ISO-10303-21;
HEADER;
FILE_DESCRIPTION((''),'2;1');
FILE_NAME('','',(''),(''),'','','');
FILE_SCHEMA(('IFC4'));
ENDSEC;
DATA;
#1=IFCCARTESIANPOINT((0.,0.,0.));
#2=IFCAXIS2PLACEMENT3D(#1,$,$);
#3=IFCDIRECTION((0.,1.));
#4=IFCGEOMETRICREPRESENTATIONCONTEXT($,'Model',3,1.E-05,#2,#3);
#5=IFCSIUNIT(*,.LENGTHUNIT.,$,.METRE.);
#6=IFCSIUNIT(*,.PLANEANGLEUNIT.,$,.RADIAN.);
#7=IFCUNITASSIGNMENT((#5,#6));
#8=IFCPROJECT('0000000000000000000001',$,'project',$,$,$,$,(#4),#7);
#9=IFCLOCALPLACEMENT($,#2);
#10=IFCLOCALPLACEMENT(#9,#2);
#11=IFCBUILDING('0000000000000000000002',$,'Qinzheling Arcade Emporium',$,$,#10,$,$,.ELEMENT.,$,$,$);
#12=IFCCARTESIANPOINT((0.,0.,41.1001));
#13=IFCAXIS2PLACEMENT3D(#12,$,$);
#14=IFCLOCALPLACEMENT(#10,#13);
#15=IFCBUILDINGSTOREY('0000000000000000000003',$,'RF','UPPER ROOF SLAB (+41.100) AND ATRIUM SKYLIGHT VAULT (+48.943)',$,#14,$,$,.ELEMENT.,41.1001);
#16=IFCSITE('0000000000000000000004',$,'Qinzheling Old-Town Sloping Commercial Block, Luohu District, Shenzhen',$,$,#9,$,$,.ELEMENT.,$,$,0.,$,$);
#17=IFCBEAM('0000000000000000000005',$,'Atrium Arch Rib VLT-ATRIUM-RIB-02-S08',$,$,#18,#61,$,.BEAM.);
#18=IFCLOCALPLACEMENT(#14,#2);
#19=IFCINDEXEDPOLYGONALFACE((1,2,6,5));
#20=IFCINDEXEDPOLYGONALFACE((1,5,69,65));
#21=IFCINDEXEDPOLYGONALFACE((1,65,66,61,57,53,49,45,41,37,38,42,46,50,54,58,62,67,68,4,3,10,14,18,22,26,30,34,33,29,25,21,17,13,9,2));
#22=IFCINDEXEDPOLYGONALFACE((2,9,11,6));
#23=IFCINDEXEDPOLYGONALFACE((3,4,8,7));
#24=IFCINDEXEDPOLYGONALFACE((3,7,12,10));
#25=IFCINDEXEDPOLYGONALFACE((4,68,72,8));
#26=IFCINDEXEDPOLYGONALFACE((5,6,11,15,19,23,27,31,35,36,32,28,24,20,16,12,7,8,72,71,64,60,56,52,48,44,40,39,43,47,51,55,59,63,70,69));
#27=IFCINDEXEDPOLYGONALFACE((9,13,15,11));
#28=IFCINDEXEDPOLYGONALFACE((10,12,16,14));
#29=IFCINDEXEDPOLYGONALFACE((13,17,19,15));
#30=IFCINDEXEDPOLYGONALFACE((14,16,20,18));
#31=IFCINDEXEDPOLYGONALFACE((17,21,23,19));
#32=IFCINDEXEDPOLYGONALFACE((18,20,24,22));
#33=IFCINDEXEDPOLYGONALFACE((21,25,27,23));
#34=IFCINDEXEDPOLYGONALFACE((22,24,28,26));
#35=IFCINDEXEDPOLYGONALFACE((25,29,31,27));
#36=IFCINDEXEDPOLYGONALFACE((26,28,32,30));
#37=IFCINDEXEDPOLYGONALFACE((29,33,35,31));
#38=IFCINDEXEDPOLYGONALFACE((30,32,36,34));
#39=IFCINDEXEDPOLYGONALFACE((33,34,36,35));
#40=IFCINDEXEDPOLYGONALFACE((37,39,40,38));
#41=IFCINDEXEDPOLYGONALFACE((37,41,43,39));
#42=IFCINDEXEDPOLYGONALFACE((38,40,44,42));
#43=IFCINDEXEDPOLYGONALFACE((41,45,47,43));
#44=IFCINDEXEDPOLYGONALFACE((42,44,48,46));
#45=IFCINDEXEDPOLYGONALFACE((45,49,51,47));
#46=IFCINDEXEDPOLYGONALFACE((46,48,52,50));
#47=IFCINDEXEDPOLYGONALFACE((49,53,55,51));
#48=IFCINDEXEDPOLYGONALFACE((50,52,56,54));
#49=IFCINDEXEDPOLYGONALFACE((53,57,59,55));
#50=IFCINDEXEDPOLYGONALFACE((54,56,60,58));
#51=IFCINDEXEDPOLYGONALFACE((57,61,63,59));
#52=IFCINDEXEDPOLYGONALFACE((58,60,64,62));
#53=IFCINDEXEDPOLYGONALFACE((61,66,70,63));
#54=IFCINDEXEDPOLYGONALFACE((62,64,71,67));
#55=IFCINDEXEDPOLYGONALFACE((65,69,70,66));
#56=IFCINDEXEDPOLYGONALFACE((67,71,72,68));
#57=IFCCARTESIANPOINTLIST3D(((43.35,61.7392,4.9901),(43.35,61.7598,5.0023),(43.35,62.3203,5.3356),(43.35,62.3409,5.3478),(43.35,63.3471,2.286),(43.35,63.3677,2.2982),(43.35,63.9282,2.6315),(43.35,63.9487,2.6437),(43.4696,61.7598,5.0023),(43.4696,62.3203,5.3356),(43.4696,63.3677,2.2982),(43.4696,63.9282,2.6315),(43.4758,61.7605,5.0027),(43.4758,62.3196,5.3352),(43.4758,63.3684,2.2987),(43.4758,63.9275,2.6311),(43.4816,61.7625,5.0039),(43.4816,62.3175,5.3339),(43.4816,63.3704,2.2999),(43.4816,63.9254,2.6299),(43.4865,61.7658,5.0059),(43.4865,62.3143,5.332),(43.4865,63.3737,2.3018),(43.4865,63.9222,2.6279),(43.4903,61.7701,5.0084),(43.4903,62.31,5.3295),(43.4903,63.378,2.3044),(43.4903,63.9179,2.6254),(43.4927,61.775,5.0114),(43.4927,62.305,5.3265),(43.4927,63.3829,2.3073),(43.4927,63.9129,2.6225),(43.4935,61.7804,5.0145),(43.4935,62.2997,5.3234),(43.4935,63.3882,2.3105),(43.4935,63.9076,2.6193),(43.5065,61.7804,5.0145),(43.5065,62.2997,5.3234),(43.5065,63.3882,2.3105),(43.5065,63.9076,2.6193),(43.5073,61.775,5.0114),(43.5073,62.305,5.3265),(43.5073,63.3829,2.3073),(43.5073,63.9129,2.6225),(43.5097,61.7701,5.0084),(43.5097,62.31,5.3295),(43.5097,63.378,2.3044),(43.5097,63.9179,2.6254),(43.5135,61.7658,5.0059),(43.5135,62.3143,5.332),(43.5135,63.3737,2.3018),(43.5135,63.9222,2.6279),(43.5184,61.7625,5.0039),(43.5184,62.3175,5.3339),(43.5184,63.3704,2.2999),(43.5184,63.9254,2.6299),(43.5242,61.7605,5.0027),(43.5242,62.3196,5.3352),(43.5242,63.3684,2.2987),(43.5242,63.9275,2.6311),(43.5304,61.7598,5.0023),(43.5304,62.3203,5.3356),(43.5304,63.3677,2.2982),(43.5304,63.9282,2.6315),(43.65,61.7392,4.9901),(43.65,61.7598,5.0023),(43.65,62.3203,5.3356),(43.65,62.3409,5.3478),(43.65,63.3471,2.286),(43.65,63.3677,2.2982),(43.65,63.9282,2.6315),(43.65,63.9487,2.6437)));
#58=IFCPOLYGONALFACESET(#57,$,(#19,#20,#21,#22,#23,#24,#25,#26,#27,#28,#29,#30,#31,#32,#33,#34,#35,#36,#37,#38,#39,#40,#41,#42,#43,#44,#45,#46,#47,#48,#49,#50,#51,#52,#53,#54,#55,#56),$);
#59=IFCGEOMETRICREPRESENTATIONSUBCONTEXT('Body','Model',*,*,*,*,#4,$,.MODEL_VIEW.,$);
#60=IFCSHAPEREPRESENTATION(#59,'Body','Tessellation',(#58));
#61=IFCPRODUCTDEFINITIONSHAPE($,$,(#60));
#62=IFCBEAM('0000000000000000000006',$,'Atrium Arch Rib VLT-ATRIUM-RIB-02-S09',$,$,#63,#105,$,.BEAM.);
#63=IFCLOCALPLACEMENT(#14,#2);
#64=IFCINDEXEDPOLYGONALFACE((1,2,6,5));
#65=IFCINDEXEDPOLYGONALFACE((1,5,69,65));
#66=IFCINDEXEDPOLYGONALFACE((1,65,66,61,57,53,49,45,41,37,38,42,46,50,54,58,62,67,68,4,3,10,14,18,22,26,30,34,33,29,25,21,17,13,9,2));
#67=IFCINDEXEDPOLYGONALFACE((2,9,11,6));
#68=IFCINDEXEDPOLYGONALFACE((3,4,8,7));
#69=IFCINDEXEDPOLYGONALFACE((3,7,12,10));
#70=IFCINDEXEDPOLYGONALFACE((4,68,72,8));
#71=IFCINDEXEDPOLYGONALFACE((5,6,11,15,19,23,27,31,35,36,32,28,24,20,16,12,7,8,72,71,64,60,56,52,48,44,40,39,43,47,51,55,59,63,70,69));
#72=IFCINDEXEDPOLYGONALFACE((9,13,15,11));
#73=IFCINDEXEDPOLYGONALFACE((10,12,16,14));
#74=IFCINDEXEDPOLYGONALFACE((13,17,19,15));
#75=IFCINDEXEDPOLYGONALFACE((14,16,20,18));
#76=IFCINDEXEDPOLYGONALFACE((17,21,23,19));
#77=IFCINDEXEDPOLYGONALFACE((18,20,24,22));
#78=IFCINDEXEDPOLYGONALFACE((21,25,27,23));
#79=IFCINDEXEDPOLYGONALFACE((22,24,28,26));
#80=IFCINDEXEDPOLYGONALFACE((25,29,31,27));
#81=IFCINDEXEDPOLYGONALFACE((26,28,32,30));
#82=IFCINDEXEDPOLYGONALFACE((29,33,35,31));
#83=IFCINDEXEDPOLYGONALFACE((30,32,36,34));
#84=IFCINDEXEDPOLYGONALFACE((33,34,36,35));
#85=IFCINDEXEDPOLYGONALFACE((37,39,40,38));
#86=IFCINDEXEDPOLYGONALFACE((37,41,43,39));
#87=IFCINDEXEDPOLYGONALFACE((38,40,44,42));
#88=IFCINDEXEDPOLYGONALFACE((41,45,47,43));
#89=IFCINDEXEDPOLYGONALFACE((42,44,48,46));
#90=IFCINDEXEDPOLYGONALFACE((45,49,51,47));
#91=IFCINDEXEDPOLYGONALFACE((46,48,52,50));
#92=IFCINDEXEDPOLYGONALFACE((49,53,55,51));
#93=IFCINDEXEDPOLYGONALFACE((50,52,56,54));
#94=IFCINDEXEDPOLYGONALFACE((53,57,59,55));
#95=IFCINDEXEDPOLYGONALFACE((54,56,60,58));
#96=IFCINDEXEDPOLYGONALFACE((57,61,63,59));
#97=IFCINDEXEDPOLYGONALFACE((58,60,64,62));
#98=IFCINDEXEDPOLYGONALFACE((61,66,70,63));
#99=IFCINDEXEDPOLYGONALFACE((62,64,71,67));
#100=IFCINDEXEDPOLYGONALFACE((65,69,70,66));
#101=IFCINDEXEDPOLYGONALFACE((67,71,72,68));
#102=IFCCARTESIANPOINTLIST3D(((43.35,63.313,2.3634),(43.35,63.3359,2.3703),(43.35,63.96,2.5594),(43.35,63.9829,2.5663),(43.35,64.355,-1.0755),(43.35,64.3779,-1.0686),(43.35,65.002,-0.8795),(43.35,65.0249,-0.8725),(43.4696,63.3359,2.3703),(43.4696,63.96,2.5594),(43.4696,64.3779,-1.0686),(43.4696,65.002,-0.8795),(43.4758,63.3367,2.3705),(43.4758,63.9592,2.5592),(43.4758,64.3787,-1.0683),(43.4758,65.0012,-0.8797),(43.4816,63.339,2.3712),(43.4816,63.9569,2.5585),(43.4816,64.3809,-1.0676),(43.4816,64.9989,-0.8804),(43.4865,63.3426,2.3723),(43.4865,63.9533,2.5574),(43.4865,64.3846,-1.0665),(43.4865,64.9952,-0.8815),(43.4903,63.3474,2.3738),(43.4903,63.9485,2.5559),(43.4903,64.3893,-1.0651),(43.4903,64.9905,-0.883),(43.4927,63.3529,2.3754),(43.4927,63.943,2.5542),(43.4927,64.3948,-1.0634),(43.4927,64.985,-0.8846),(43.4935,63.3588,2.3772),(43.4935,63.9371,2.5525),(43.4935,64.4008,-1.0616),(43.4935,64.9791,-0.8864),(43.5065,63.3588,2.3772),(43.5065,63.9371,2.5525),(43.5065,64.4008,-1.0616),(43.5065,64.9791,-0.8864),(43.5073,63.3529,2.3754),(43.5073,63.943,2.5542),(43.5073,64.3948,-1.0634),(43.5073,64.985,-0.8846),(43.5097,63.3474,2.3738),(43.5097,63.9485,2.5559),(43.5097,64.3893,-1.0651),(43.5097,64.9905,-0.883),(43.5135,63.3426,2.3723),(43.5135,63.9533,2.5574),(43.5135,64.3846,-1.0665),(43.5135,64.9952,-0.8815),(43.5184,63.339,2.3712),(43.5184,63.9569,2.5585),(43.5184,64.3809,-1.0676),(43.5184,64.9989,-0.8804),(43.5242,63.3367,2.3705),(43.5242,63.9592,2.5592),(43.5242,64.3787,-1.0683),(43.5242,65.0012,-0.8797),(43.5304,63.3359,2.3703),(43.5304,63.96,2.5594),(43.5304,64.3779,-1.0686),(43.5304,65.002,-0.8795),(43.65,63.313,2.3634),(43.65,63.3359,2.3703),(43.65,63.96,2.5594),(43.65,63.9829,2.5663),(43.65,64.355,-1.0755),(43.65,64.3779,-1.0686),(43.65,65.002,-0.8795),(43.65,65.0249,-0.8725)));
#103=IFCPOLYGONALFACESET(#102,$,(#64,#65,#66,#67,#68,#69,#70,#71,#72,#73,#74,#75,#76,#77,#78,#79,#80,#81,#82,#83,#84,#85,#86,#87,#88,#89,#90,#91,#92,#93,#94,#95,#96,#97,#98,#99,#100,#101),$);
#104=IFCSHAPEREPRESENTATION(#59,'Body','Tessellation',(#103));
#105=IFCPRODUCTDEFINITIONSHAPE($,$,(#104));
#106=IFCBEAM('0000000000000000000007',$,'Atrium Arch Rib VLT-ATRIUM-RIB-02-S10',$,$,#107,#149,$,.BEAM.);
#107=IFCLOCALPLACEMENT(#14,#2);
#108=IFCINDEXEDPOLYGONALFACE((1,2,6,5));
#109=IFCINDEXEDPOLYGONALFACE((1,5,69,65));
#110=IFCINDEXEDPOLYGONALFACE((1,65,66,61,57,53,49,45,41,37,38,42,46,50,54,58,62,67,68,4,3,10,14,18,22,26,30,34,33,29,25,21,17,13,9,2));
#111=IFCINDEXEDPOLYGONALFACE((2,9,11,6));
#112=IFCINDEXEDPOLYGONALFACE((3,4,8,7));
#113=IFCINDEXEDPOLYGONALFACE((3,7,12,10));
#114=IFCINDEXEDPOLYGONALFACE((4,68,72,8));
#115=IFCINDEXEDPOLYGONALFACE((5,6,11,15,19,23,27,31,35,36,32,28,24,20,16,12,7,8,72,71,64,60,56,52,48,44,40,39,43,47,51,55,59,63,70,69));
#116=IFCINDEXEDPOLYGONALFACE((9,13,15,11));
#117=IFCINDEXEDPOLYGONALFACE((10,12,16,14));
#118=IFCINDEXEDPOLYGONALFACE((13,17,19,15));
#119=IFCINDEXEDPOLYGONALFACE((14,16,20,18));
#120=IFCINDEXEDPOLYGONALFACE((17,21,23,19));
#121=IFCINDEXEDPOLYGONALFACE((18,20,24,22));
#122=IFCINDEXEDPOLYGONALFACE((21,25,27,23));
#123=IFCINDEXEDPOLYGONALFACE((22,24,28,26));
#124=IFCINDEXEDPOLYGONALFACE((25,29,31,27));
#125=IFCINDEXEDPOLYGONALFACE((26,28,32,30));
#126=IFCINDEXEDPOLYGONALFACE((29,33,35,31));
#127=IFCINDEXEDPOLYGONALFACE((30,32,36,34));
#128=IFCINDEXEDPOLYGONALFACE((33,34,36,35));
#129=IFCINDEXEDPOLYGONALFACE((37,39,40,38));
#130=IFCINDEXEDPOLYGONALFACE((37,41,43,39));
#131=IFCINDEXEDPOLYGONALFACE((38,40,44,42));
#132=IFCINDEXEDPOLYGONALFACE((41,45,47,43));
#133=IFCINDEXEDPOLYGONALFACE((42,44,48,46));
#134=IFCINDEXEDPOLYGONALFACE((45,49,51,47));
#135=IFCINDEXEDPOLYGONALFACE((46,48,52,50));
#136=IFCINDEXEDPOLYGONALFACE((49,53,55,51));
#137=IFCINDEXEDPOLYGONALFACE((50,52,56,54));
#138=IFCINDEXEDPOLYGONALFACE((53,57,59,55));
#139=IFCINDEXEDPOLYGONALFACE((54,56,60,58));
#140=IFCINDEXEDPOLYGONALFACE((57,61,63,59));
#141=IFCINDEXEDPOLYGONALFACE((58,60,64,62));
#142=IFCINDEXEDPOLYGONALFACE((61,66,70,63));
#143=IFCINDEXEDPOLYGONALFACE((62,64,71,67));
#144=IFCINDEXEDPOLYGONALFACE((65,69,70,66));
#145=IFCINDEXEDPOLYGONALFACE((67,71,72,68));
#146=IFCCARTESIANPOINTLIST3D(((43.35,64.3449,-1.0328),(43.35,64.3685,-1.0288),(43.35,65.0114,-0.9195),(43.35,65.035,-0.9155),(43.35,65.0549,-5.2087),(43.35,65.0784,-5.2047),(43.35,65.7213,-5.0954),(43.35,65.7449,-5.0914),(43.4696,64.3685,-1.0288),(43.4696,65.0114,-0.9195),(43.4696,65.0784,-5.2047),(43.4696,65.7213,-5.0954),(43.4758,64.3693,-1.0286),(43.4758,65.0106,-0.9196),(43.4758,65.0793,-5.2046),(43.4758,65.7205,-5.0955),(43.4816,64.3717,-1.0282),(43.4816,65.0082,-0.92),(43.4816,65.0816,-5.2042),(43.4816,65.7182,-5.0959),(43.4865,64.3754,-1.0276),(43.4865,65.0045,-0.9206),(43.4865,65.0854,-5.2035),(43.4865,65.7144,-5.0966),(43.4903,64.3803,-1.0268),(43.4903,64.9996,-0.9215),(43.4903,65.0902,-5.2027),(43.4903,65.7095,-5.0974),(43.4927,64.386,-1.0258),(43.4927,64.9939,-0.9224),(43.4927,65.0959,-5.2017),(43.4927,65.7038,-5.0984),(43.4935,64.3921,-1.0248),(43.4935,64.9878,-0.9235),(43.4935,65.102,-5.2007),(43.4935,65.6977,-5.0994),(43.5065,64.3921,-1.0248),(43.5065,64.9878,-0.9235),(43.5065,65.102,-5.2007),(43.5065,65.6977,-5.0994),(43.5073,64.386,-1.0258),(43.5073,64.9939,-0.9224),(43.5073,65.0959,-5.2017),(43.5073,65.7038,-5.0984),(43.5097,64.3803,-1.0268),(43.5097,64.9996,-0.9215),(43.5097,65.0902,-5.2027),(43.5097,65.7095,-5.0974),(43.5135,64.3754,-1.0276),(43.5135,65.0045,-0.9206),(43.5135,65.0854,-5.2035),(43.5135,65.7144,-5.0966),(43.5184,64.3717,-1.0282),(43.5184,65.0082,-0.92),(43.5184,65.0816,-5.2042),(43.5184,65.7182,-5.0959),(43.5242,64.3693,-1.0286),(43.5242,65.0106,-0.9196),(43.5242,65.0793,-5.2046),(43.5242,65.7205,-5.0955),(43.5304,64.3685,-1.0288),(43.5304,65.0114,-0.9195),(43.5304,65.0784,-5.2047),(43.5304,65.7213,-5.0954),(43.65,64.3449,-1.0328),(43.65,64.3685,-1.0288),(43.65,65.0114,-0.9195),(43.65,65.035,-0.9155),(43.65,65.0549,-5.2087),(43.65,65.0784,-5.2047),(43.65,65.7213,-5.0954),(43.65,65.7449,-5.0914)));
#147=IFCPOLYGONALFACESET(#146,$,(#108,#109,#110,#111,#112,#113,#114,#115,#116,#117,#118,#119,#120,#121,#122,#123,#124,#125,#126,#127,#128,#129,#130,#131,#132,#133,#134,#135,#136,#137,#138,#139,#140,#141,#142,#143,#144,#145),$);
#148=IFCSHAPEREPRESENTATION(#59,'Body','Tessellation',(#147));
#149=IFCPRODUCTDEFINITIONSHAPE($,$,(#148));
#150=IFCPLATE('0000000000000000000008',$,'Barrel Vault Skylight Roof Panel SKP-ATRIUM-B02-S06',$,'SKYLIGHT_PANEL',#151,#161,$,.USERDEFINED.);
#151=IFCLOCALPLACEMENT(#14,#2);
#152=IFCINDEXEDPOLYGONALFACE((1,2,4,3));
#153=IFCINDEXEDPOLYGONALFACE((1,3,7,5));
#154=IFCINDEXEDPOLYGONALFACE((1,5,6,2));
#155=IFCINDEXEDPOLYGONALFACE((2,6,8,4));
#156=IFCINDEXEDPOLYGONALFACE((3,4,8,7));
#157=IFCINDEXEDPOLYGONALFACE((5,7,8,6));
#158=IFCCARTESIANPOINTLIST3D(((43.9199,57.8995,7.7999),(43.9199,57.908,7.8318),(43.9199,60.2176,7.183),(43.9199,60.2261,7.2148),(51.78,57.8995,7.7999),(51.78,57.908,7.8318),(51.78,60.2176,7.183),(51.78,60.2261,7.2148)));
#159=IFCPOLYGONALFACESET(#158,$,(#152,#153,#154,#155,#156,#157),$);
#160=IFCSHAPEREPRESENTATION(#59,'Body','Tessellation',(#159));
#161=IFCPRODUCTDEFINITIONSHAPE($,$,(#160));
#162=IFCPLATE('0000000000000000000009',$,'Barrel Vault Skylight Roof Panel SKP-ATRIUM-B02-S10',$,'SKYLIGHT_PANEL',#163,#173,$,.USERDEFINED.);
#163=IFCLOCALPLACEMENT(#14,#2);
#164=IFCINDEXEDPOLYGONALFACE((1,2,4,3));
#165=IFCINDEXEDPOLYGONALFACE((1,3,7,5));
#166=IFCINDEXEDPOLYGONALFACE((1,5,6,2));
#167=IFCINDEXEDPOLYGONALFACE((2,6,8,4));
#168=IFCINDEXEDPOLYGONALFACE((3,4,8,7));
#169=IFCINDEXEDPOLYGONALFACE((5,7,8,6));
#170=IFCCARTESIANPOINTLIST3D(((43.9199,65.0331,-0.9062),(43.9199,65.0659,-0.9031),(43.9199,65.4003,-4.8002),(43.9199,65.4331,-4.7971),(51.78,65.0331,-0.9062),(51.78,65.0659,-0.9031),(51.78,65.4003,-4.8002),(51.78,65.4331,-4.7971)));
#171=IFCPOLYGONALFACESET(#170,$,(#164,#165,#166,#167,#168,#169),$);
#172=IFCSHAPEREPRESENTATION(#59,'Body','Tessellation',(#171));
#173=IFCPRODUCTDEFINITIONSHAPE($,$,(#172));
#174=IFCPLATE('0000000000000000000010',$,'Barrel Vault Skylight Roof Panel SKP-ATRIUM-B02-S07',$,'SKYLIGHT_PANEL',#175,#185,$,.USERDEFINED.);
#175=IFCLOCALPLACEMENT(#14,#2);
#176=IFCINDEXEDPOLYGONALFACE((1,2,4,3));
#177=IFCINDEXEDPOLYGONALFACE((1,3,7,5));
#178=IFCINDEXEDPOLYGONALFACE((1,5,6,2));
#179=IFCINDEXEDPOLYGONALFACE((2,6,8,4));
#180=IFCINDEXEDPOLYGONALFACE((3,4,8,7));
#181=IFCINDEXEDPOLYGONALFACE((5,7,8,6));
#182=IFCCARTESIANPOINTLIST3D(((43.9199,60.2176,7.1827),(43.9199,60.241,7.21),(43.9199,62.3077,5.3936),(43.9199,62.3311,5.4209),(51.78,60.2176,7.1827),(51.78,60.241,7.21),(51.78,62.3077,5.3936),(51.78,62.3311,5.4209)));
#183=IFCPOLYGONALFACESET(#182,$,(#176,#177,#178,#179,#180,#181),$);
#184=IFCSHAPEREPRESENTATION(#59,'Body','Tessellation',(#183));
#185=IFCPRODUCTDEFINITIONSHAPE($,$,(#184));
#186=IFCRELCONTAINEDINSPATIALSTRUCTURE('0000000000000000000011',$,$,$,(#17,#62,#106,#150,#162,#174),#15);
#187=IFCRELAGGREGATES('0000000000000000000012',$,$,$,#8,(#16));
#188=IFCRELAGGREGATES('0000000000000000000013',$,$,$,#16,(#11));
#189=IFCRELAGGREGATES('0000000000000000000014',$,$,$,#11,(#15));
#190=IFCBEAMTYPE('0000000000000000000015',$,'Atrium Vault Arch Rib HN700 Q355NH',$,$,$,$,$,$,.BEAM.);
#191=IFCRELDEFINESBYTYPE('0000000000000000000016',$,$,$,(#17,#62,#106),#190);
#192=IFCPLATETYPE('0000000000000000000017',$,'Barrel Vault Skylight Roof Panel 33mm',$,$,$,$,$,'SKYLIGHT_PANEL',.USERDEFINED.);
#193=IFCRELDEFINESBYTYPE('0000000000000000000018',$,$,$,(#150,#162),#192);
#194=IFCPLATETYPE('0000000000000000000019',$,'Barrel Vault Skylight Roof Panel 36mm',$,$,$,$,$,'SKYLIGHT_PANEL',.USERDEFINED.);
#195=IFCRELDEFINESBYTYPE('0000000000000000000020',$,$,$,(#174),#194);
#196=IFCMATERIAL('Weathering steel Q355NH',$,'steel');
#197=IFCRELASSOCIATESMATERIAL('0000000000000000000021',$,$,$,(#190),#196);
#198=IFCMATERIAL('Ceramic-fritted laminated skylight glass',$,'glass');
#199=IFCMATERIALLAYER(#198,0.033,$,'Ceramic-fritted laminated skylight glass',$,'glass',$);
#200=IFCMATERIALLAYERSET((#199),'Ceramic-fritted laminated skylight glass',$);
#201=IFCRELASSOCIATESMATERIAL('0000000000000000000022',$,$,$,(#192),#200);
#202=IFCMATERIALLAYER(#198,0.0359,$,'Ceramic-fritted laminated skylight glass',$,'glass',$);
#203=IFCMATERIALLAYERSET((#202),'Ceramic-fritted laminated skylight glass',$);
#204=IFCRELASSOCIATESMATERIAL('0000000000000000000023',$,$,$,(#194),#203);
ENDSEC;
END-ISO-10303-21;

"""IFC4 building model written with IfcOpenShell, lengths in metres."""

from ifc_helpers import new_model, si_unit, direction, frame, origin, origin_2d, place, context, subcontext, project, spatial, polyline, i_section, outline, extrude, material, layer, layer_set, material_profile, profile_set, type_object, element, save


model = new_model("IFC4")

# Units and contexts
model_context = context("Model", 3, precision=1e-05, world=origin(), true_north=direction((0.0, 1.0)))
body_context = subcontext(model_context, "Body", "Model", "MODEL_VIEW")
ifc_project = project(units=[si_unit("LENGTHUNIT", "METRE"), si_unit("PLANEANGLEUNIT", "RADIAN")], contexts=[model_context])

# Site, building, storey
site_placement = place(None, origin())
site = spatial("IfcSite", under=ifc_project, at=site_placement, Name="Qinzheling Old-Town Sloping Commercial Block, Luohu District, Shenzhen", CompositionType="ELEMENT", RefElevation=0.0)
building_placement = place(site_placement, origin())
building = spatial("IfcBuilding", under=site, at=building_placement, Name="Qinzheling Arcade Emporium", CompositionType="ELEMENT")
storey_placement = place(building_placement, frame((0.0, 0.0, 41.1001)))
storey = spatial("IfcBuildingStorey", under=building, at=storey_placement, Name="RF", Description="UPPER ROOF SLAB (+41.100) AND ATRIUM SKYLIGHT VAULT (+48.943)", CompositionType="ELEMENT", Elevation=41.1001)

# Shared definitions
ifc_material_1 = material(Name="Weathering steel Q355NH", Category="steel")

# Beams
ifc_material_profile_1 = material_profile(ifc_material_1, i_section(OverallWidth=0.3, OverallDepth=0.7, WebThickness=0.0129, FlangeThickness=0.0239, FilletRadius=0.0239, at=origin_2d()), Name="HN 700x300x13x24", Category="steel")
ifc_profile_set_1 = profile_set([ifc_material_profile_1], Name="Weathering steel Q355NH")
beam_type_1 = type_object("IfcBeamType", Name="Atrium Vault Arch Rib HN700 Q355NH", PredefinedType="BEAM", material=ifc_profile_set_1)
beam_1_placement = place(storey_placement, frame((43.5, 62.04, 5.1689), z_axis=(0.0, 0.511091, -0.859527), x_axis=(-1.0, 0.0, 0.0)))
element("IfcBeam", 1, at=beam_1_placement, inside=storey, type_object=beam_type_1, Name="Atrium Arch Rib VLT-ATRIUM-RIB-02-S08", PredefinedType="BEAM", context=body_context, shape_type="SweptSolid", body=[
    extrude(i_section(OverallWidth=0.3, OverallDepth=0.7, WebThickness=0.0129, FlangeThickness=0.0239, FilletRadius=0.0239, at=origin_2d()), origin(), (0.0, 0.0, 1.0), 3.146),
])
beam_2_placement = place(storey_placement, frame((43.5, 63.6479, 2.4648), z_axis=(0.0, 0.289977, -0.957034), x_axis=(-1.0, 0.0, 0.0)))
element("IfcBeam", 2, at=beam_2_placement, inside=storey, type_object=beam_type_1, Name="Atrium Arch Rib VLT-ATRIUM-RIB-02-S09", PredefinedType="BEAM", context=body_context, shape_type="SweptSolid", body=[
    extrude(i_section(OverallWidth=0.3, OverallDepth=0.7, WebThickness=0.0129, FlangeThickness=0.0239, FilletRadius=0.0239, at=origin_2d()), origin(), (0.0, 0.0, 1.0), 3.5933),
])
beam_3_placement = place(storey_placement, frame((43.5, 64.6899, -0.9741), z_axis=(0.0, 0.167604, -0.985854), x_axis=(-1.0, 0.0, 0.0)))
element("IfcBeam", 3, at=beam_3_placement, inside=storey, type_object=beam_type_1, Name="Atrium Arch Rib VLT-ATRIUM-RIB-02-S10", PredefinedType="BEAM", context=body_context, shape_type="SweptSolid", body=[
    extrude(i_section(OverallWidth=0.3, OverallDepth=0.7, WebThickness=0.0129, FlangeThickness=0.0239, FilletRadius=0.0239, at=origin_2d()), origin(), (0.0, 0.0, 1.0), 4.2358),
])

# Plates
ifc_material_2 = material(Name="Ceramic-fritted laminated skylight glass", Category="glass")
ifc_layer_1 = layer(ifc_material_2, 0.033, Name="Ceramic-fritted laminated skylight glass", Category="glass")
ifc_layer_set_1 = layer_set([ifc_layer_1], Name="Ceramic-fritted laminated skylight glass")
plate_type_1 = type_object("IfcPlateType", Name="Barrel Vault Skylight Roof Panel 33mm", ElementType="SKYLIGHT_PANEL", PredefinedType="USERDEFINED", material=ifc_layer_set_1)
plate_1_placement = place(storey_placement, frame((43.9199, 57.908, 7.8318), z_axis=(0.0, 0.257188, 0.966362), x_axis=(1.0, 0.0, 0.0)))
element("IfcPlate", 4, at=plate_1_placement, inside=storey, type_object=plate_type_1, Name="Barrel Vault Skylight Roof Panel SKP-ATRIUM-B02-S06", ObjectType="SKYLIGHT_PANEL", PredefinedType="USERDEFINED", context=body_context, shape_type="SweptSolid", body=[
    extrude(outline(polyline([(0.0, 0.0), (7.8601, 0.0), (7.8601, 2.3988), (0.0, 2.3988), (0.0, 0.0)])), origin(), (0.0, 0.0, -1.0), 0.033),
])
plate_2_placement = place(storey_placement, frame((43.9199, 65.0659, -0.9031), z_axis=(0.0, 0.995584, 0.093878), x_axis=(1.0, 0.0, 0.0)))
element("IfcPlate", 5, at=plate_2_placement, inside=storey, type_object=plate_type_1, Name="Barrel Vault Skylight Roof Panel SKP-ATRIUM-B02-S10", ObjectType="SKYLIGHT_PANEL", PredefinedType="USERDEFINED", context=body_context, shape_type="SweptSolid", body=[
    extrude(outline(polyline([(0.0, 0.0), (7.8601, 0.0), (7.8601, 3.9113), (0.0, 3.9113), (0.0, 0.0)])), origin(), (0.0, 0.0, -1.0), 0.033),
])
ifc_layer_2 = layer(ifc_material_2, 0.0359, Name="Ceramic-fritted laminated skylight glass", Category="glass")
ifc_layer_set_2 = layer_set([ifc_layer_2], Name="Ceramic-fritted laminated skylight glass")
plate_type_2 = type_object("IfcPlateType", Name="Barrel Vault Skylight Roof Panel 36mm", ElementType="SKYLIGHT_PANEL", PredefinedType="USERDEFINED", material=ifc_layer_set_2)
plate_3_placement = place(storey_placement, frame((43.9199, 60.241, 7.21), z_axis=(0.0, 0.65028, 0.759695), x_axis=(1.0, 0.0, 0.0)))
element("IfcPlate", 6, at=plate_3_placement, inside=storey, type_object=plate_type_2, Name="Barrel Vault Skylight Roof Panel SKP-ATRIUM-B02-S07", ObjectType="SKYLIGHT_PANEL", PredefinedType="USERDEFINED", context=body_context, shape_type="SweptSolid", body=[
    extrude(outline(polyline([(0.0, 0.0), (7.8601, 0.0), (7.8601, 2.7512), (0.0, 2.7512), (0.0, 0.0)])), origin(), (0.0, 0.0, -1.0), 0.0359),
])

save(model, "model.ifc")
